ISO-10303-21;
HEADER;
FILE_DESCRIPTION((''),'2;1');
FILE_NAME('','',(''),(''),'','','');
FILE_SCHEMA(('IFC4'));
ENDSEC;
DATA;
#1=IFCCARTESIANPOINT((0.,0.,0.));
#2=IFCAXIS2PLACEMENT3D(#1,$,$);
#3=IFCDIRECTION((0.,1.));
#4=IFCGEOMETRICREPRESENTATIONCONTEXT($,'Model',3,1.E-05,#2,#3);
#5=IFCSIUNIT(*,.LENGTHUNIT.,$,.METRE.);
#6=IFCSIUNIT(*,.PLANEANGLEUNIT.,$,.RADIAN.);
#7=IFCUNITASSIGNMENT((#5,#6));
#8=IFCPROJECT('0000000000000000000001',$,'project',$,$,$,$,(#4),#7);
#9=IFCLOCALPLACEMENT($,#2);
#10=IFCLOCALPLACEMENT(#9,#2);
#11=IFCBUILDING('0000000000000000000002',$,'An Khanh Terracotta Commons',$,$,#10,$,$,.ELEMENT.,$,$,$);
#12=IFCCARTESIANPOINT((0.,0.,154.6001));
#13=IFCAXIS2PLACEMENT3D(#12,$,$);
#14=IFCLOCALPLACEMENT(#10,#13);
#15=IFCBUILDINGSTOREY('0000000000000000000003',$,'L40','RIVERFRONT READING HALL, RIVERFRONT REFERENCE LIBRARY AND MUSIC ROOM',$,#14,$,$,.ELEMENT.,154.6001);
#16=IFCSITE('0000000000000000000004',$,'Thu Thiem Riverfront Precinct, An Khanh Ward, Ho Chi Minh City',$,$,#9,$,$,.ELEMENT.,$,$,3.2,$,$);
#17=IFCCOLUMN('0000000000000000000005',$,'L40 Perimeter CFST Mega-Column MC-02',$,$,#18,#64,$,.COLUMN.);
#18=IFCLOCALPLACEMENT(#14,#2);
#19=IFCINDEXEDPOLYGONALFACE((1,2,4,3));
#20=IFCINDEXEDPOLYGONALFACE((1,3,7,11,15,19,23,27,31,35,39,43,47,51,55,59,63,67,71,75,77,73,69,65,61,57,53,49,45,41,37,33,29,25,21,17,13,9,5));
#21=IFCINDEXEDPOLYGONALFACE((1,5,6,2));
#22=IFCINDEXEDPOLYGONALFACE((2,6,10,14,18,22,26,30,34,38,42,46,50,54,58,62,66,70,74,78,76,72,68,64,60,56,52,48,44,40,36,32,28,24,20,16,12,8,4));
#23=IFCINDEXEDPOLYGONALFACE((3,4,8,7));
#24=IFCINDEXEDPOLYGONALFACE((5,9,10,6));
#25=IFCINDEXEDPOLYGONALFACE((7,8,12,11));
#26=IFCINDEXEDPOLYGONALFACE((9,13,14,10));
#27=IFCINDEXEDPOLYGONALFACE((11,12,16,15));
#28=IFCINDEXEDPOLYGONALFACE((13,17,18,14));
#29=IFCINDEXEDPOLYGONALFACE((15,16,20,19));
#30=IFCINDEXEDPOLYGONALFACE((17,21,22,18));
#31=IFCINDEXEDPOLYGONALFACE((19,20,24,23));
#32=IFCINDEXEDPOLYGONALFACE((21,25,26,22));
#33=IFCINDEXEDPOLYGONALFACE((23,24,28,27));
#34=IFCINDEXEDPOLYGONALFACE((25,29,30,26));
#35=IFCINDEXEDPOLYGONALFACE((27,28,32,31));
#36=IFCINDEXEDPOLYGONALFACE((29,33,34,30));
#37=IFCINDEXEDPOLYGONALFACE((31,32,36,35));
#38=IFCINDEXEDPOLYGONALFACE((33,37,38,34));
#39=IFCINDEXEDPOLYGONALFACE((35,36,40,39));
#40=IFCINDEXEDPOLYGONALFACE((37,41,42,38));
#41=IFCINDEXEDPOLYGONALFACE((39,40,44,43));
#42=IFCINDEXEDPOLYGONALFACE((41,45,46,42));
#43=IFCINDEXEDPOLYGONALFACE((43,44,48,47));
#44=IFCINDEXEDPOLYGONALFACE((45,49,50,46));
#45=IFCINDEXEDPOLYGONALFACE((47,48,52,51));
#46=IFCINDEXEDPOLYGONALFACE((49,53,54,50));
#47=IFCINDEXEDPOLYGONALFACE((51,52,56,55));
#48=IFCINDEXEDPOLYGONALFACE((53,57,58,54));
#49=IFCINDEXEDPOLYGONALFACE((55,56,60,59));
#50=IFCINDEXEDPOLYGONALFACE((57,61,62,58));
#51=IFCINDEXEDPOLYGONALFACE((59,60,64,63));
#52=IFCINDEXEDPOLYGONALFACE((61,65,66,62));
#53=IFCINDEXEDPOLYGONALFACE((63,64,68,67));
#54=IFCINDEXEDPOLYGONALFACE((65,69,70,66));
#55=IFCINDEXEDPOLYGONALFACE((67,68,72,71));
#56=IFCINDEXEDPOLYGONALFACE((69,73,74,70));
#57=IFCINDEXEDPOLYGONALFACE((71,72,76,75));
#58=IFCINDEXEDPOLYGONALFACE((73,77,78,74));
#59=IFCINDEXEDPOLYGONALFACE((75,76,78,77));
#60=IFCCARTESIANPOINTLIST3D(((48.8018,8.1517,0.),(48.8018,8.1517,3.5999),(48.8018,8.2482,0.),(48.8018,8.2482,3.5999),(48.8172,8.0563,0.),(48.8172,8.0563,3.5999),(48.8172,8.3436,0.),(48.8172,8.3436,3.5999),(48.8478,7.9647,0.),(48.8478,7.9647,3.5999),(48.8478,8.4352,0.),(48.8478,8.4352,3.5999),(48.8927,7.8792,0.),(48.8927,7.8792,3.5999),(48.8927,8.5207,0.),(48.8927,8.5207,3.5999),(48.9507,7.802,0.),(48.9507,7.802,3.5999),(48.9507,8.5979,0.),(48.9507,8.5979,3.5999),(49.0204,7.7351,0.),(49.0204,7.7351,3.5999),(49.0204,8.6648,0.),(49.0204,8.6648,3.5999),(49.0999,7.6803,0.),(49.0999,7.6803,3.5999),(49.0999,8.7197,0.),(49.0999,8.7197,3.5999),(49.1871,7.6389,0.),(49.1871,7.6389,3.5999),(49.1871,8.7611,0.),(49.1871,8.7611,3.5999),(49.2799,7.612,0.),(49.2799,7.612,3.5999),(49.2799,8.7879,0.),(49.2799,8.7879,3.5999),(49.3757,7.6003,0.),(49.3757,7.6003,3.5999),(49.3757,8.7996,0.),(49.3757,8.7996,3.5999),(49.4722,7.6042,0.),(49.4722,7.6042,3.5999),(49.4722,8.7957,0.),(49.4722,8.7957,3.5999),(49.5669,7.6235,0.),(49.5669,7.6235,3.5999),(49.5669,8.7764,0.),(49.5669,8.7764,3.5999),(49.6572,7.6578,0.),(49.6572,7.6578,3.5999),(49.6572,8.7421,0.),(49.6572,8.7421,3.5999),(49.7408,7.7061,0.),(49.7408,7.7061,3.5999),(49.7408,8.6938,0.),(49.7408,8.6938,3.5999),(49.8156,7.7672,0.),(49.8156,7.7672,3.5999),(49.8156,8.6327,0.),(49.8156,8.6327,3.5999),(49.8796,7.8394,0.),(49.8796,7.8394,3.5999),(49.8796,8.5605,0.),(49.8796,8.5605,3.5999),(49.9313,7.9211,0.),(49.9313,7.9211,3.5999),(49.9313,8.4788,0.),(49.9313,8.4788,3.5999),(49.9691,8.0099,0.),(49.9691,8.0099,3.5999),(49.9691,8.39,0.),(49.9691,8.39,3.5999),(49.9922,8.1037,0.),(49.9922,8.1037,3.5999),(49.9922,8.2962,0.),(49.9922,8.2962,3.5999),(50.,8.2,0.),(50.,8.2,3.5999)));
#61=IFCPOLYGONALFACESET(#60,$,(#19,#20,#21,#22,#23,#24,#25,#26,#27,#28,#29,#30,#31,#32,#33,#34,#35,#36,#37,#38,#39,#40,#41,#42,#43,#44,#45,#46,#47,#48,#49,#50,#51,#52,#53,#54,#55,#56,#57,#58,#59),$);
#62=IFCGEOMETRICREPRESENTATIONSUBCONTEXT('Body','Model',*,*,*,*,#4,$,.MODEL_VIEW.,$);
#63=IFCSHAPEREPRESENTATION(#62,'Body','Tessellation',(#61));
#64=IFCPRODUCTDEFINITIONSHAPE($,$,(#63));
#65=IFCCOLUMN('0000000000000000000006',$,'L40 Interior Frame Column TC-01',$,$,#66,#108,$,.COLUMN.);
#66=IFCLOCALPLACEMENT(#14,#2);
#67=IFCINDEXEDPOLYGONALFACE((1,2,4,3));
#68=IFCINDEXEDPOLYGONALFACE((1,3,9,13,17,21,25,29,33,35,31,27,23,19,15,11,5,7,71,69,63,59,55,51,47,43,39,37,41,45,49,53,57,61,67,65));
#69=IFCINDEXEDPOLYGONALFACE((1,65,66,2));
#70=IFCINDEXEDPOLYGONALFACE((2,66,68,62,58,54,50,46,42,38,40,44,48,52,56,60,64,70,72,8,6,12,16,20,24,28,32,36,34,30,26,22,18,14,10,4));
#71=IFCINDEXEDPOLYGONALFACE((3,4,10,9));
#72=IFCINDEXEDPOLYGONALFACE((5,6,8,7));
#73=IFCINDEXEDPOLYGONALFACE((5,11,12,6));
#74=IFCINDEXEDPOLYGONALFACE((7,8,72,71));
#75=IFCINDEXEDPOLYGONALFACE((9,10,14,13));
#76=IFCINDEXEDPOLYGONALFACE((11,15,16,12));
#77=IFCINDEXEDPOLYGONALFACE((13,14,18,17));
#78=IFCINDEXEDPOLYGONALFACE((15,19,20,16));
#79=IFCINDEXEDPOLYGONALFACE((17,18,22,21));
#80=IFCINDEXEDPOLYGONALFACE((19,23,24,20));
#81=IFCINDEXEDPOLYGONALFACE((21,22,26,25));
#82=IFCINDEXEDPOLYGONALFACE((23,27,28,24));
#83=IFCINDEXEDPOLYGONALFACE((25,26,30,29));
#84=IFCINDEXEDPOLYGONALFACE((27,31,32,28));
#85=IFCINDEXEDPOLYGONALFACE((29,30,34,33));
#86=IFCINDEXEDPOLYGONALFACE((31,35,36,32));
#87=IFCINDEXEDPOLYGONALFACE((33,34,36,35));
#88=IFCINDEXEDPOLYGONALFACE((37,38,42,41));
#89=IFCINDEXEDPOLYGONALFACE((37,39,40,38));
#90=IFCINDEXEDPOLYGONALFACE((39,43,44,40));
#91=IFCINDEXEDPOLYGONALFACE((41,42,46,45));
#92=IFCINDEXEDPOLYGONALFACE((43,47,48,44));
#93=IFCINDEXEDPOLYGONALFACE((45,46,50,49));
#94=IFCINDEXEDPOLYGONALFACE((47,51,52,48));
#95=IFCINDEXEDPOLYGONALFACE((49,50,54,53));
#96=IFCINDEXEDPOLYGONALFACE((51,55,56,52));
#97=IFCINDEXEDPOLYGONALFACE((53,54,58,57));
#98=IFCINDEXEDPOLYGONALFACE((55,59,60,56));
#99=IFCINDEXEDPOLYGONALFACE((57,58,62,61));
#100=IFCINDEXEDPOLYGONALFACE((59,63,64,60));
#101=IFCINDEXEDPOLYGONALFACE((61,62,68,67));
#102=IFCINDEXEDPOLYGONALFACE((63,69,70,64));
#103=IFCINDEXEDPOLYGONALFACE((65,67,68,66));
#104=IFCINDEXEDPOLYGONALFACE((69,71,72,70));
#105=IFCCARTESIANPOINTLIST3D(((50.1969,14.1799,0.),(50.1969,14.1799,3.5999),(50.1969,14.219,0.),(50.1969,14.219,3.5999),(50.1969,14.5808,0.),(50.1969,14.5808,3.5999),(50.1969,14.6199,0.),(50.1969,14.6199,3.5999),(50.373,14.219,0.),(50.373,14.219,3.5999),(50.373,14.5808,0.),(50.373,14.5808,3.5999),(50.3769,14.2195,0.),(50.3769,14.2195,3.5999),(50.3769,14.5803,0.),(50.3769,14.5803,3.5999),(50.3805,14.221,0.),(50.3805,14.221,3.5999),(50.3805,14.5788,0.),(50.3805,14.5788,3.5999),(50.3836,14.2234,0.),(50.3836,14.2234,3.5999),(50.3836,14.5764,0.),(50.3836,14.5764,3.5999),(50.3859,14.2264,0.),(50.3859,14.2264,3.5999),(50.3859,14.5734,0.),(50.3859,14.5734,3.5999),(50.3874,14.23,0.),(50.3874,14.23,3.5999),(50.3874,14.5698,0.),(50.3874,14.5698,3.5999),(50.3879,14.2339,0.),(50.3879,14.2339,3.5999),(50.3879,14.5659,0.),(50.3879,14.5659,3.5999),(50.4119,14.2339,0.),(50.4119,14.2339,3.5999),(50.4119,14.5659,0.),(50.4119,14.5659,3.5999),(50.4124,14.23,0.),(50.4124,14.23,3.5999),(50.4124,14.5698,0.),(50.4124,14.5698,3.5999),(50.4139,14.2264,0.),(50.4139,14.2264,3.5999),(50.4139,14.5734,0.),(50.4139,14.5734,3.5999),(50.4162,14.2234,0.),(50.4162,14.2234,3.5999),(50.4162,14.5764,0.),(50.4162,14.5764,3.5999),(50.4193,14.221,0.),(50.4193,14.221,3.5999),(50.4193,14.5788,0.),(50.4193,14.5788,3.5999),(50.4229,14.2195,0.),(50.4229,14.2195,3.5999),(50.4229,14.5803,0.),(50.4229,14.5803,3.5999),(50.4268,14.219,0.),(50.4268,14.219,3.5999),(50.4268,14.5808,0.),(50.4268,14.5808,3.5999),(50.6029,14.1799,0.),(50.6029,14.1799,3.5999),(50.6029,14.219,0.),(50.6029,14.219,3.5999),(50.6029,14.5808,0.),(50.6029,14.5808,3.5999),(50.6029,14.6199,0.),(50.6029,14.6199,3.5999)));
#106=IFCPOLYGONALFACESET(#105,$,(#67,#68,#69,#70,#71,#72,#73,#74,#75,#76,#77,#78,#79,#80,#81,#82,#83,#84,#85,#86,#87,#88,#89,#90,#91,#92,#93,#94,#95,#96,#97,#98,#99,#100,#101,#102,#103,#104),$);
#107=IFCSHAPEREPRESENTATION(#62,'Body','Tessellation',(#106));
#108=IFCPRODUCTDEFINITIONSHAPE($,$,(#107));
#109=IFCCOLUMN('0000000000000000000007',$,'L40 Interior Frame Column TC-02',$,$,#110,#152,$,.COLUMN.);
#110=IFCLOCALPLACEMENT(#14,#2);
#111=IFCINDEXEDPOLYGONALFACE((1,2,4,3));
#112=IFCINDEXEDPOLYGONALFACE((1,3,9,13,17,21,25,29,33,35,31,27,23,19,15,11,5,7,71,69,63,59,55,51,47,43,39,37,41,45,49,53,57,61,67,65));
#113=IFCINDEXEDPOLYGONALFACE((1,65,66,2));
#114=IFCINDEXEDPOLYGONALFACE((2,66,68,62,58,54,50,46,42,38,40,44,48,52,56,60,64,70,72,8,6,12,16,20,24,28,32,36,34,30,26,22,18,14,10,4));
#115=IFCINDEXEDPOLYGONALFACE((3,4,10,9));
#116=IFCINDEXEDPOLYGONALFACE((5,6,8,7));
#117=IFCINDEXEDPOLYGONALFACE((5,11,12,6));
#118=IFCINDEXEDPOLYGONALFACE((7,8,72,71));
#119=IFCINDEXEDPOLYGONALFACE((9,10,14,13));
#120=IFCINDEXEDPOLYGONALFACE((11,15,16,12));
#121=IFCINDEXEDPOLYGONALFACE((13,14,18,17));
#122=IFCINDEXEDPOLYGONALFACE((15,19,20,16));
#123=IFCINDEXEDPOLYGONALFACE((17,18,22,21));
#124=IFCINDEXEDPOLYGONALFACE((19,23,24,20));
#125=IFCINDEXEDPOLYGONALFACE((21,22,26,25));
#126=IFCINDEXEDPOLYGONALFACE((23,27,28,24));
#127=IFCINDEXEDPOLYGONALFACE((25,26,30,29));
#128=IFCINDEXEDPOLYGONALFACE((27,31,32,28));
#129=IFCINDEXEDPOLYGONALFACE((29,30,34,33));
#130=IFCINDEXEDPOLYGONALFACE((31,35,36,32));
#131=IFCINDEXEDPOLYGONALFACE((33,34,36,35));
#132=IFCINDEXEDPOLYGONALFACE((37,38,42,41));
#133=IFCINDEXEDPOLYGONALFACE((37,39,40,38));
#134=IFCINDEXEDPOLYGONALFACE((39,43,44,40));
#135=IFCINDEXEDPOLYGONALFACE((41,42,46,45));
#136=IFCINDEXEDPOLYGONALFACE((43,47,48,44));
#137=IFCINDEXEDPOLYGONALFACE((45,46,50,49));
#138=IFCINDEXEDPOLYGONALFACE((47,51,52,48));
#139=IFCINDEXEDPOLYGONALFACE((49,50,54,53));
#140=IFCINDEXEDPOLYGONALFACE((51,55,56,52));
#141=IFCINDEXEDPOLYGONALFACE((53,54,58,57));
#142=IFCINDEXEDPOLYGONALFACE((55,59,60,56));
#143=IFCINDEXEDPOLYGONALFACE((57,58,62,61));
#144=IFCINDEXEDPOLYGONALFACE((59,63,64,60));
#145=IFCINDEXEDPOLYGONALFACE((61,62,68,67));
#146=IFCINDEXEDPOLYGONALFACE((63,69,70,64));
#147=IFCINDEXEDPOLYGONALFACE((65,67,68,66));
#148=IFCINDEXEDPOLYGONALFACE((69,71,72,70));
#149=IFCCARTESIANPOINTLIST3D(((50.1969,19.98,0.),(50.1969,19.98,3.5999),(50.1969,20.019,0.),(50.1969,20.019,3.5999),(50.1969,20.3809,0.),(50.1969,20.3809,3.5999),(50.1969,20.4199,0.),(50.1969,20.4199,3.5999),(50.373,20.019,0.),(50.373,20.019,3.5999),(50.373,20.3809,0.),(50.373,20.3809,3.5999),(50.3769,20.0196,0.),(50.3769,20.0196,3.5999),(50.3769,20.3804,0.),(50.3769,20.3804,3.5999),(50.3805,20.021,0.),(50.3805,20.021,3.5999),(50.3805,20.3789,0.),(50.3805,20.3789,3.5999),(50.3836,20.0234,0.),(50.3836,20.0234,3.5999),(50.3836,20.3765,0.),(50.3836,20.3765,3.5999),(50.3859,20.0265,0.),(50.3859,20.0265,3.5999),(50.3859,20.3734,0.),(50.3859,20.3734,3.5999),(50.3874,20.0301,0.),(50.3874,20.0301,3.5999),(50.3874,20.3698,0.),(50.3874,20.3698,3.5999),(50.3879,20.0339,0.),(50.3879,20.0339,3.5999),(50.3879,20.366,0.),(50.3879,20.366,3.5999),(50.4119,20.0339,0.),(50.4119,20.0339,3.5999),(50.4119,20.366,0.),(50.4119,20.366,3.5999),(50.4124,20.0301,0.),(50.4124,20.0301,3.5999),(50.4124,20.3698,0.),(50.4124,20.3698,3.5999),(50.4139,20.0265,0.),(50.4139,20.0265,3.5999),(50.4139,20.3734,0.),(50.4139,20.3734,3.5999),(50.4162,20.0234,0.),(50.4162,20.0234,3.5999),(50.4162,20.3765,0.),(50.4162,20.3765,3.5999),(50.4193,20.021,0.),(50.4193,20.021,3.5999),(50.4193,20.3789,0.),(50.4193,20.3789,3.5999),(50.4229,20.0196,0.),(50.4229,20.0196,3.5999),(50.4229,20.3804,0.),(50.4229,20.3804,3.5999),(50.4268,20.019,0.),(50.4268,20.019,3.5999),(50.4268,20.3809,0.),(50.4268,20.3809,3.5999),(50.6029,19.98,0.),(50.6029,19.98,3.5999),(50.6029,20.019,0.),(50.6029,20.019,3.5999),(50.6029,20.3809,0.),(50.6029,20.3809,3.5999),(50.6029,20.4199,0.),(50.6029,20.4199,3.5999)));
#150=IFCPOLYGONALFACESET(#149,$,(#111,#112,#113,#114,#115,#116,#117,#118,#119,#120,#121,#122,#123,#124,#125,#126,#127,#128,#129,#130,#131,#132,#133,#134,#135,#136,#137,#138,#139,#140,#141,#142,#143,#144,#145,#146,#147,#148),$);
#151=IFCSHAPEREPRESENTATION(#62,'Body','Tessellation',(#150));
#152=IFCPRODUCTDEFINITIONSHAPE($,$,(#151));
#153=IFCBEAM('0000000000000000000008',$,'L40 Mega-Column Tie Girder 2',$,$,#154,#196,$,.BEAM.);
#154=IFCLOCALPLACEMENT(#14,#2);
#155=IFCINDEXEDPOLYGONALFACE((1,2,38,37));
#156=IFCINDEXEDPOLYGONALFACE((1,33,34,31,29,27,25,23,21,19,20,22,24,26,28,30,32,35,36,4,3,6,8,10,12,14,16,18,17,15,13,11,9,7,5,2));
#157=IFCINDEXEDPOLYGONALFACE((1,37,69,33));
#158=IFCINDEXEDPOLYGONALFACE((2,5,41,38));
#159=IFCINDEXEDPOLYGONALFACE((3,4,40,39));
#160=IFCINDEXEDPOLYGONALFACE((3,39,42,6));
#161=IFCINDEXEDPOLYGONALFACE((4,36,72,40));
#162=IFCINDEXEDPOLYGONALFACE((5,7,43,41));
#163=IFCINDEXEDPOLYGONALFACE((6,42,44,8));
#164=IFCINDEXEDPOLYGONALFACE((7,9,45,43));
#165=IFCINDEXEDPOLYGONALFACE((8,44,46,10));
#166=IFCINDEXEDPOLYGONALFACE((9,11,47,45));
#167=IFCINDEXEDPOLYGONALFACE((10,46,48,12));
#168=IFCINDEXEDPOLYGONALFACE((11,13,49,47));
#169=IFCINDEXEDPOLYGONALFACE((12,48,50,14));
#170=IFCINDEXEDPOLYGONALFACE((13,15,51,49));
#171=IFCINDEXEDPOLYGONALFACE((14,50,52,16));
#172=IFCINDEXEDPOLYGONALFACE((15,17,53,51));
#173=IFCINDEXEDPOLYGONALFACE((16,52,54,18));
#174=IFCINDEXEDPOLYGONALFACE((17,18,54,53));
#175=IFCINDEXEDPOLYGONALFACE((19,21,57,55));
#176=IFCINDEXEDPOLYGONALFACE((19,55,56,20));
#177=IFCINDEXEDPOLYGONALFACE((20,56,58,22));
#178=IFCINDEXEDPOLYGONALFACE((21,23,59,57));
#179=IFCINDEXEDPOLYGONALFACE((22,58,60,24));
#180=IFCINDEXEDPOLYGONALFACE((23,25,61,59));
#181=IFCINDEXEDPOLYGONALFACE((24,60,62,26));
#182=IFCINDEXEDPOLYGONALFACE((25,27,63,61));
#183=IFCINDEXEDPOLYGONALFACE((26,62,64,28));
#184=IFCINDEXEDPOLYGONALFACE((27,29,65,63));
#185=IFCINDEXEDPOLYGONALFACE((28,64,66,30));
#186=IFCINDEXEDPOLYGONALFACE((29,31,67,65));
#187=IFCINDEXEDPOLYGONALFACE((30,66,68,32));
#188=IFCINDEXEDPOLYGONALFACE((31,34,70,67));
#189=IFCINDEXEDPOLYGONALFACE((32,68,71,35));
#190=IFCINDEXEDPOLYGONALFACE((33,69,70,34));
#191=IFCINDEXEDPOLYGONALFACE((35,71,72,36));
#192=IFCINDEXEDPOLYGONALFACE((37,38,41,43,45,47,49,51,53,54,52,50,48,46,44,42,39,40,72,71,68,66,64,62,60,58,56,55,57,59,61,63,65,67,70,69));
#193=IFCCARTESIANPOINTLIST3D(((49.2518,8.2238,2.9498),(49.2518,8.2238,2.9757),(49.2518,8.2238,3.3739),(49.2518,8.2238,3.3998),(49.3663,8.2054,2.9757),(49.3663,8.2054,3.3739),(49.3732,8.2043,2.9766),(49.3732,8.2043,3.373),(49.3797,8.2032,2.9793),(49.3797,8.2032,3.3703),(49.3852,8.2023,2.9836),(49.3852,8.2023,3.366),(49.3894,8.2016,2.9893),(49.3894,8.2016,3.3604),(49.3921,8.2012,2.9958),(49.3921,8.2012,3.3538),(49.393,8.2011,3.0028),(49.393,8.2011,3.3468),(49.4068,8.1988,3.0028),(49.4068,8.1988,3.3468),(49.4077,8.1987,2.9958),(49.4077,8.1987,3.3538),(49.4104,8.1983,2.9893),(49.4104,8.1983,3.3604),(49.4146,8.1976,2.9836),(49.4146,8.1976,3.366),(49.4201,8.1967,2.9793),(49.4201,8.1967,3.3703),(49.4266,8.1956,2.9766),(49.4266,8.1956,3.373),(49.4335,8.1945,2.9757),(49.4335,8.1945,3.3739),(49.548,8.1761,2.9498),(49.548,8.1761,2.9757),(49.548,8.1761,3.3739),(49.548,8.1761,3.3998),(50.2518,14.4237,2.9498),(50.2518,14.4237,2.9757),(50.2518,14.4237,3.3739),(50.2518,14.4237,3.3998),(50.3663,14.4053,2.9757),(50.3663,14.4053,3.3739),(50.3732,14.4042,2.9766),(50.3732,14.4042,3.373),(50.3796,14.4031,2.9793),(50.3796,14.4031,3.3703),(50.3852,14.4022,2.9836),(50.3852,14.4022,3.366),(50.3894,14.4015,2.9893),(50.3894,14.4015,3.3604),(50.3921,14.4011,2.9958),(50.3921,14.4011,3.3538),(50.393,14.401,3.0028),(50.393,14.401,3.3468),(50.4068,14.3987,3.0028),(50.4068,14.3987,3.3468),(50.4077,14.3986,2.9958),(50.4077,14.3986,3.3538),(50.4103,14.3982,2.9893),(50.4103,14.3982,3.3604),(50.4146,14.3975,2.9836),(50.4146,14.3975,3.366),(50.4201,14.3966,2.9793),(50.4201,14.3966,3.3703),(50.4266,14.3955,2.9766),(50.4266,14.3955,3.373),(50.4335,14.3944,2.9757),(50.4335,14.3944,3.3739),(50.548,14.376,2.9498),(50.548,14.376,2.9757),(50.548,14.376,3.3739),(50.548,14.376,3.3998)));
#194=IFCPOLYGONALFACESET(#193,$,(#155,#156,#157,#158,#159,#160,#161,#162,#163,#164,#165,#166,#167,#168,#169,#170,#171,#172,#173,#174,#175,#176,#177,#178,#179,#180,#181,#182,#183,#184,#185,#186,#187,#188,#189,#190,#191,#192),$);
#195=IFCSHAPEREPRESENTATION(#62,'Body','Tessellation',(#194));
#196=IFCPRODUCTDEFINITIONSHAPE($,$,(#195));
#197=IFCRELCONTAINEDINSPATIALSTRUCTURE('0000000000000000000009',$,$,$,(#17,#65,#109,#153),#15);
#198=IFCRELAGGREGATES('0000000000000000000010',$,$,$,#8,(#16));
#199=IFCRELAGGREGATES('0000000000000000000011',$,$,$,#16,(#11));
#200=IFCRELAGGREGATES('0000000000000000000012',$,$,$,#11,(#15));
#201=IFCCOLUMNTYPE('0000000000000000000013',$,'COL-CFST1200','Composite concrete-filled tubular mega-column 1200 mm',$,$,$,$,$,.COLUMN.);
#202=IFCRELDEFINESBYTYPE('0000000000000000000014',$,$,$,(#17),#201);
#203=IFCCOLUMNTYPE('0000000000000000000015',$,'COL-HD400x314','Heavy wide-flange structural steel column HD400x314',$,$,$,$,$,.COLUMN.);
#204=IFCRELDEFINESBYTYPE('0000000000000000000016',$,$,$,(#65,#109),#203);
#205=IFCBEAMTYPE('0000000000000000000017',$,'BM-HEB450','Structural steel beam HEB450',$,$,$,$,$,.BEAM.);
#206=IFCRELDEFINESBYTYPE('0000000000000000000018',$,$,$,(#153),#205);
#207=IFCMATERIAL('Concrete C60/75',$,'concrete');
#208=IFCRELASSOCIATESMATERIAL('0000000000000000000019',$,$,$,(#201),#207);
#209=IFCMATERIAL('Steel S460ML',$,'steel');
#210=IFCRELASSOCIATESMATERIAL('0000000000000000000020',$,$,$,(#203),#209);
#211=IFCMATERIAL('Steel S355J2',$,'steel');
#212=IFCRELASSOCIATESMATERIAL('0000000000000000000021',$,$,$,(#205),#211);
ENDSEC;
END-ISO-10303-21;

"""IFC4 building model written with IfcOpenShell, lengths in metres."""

from ifc_helpers import new_model, si_unit, direction, frame, origin, origin_2d, place, context, subcontext, project, spatial, circle, i_section, extrude, material, material_profile, profile_set, type_object, element, save


model = new_model("IFC4")

# Units and contexts
model_context = context("Model", 3, precision=1e-05, world=origin(), true_north=direction((0.0, 1.0)))
body_context = subcontext(model_context, "Body", "Model", "MODEL_VIEW")
ifc_project = project(units=[si_unit("LENGTHUNIT", "METRE"), si_unit("PLANEANGLEUNIT", "RADIAN")], contexts=[model_context])

# Site, building, storey
site_placement = place(None, origin())
site = spatial("IfcSite", under=ifc_project, at=site_placement, Name="Thu Thiem Riverfront Precinct, An Khanh Ward, Ho Chi Minh City", CompositionType="ELEMENT", RefElevation=3.2)
building_placement = place(site_placement, origin())
building = spatial("IfcBuilding", under=site, at=building_placement, Name="An Khanh Terracotta Commons", CompositionType="ELEMENT")
storey_placement = place(building_placement, frame((0.0, 0.0, 154.6001)))
storey = spatial("IfcBuildingStorey", under=building, at=storey_placement, Name="L40", Description="RIVERFRONT READING HALL, RIVERFRONT REFERENCE LIBRARY AND MUSIC ROOM", CompositionType="ELEMENT", Elevation=154.6001)

# Columns
ifc_material_1 = material(Name="Concrete C60/75", Category="concrete")
ifc_material_profile_1 = material_profile(ifc_material_1, circle(Radius=0.6001, at=origin_2d()), Name="CFST1200")
ifc_profile_set_1 = profile_set([ifc_material_profile_1], Name="Concrete C60/75")
column_type_1 = type_object("IfcColumnType", Name="COL-CFST1200", Description="Composite concrete-filled tubular mega-column 1200 mm", PredefinedType="COLUMN", material=ifc_profile_set_1)
column_placement = place(storey_placement, frame((49.3999, 8.2, 0.0), z_axis=(0.0, 0.0, 1.0), x_axis=(1.0, 0.0, 0.0)))
element("IfcColumn", 1, at=column_placement, inside=storey, type_object=column_type_1, Name="L40 Perimeter CFST Mega-Column MC-02", PredefinedType="COLUMN", context=body_context, shape_type="SweptSolid", body=[
    extrude(circle(Radius=0.6001, at=origin_2d()), origin(), (0.0, 0.0, 1.0), 3.5999),
])
ifc_material_2 = material(Name="Steel S460ML", Category="steel")
ifc_material_profile_2 = material_profile(ifc_material_2, i_section(OverallWidth=0.406, OverallDepth=0.4399, WebThickness=0.0239, FlangeThickness=0.0391, FilletRadius=0.0149, at=origin_2d()), Name="HD400x314")
ifc_profile_set_2 = profile_set([ifc_material_profile_2], Name="Steel S460ML")
column_type_2 = type_object("IfcColumnType", Name="COL-HD400x314", Description="Heavy wide-flange structural steel column HD400x314", PredefinedType="COLUMN", material=ifc_profile_set_2)
for number, where, z_axis, x_axis, name in (
    (2, (50.3999, 14.3999, 0.0), (0.0, 0.0, 1.0), (1.0, 0.0, 0.0), "L40 Interior Frame Column TC-01"),
    (3, (50.3999, 20.2, 0.0), (0.0, 0.0, 1.0), (1.0, 0.0, 0.0), "L40 Interior Frame Column TC-02"),
):
    element("IfcColumn", number, at=place(storey_placement, frame(where, z_axis=z_axis, x_axis=x_axis)), inside=storey, type_object=column_type_2, Name=name, PredefinedType="COLUMN", context=body_context, shape_type="SweptSolid", body=[
        extrude(i_section(OverallWidth=0.406, OverallDepth=0.4399, WebThickness=0.0239, FlangeThickness=0.0391, FilletRadius=0.0149, at=origin_2d()), origin(), (0.0, 0.0, 1.0), 3.5999),
    ])

# Beam
ifc_material_3 = material(Name="Steel S355J2", Category="steel")
ifc_material_profile_3 = material_profile(ifc_material_3, i_section(OverallWidth=0.3, OverallDepth=0.45, WebThickness=0.0139, FlangeThickness=0.0259, FilletRadius=0.0271, at=origin_2d()), Name="HEB450")
ifc_profile_set_3 = profile_set([ifc_material_profile_3], Name="Steel S355J2")
beam_type_1 = type_object("IfcBeamType", Name="BM-HEB450", Description="Structural steel beam HEB450", PredefinedType="BEAM", material=ifc_profile_set_3)
beam_1_placement = place(storey_placement, frame((49.3999, 8.2, 3.1748), z_axis=(0.159234, 0.987241, 0.0), x_axis=(-0.987241, 0.159234, 0.0)))
element("IfcBeam", 4, at=beam_1_placement, inside=storey, type_object=beam_type_1, Name="L40 Mega-Column Tie Girder 2", PredefinedType="BEAM", context=body_context, shape_type="SweptSolid", body=[
    extrude(i_section(OverallWidth=0.3, OverallDepth=0.45, WebThickness=0.0139, FlangeThickness=0.0259, FilletRadius=0.0271, at=origin_2d()), origin(), (0.0, 0.0, 1.0), 6.28),
])

save(model, "model.ifc")
